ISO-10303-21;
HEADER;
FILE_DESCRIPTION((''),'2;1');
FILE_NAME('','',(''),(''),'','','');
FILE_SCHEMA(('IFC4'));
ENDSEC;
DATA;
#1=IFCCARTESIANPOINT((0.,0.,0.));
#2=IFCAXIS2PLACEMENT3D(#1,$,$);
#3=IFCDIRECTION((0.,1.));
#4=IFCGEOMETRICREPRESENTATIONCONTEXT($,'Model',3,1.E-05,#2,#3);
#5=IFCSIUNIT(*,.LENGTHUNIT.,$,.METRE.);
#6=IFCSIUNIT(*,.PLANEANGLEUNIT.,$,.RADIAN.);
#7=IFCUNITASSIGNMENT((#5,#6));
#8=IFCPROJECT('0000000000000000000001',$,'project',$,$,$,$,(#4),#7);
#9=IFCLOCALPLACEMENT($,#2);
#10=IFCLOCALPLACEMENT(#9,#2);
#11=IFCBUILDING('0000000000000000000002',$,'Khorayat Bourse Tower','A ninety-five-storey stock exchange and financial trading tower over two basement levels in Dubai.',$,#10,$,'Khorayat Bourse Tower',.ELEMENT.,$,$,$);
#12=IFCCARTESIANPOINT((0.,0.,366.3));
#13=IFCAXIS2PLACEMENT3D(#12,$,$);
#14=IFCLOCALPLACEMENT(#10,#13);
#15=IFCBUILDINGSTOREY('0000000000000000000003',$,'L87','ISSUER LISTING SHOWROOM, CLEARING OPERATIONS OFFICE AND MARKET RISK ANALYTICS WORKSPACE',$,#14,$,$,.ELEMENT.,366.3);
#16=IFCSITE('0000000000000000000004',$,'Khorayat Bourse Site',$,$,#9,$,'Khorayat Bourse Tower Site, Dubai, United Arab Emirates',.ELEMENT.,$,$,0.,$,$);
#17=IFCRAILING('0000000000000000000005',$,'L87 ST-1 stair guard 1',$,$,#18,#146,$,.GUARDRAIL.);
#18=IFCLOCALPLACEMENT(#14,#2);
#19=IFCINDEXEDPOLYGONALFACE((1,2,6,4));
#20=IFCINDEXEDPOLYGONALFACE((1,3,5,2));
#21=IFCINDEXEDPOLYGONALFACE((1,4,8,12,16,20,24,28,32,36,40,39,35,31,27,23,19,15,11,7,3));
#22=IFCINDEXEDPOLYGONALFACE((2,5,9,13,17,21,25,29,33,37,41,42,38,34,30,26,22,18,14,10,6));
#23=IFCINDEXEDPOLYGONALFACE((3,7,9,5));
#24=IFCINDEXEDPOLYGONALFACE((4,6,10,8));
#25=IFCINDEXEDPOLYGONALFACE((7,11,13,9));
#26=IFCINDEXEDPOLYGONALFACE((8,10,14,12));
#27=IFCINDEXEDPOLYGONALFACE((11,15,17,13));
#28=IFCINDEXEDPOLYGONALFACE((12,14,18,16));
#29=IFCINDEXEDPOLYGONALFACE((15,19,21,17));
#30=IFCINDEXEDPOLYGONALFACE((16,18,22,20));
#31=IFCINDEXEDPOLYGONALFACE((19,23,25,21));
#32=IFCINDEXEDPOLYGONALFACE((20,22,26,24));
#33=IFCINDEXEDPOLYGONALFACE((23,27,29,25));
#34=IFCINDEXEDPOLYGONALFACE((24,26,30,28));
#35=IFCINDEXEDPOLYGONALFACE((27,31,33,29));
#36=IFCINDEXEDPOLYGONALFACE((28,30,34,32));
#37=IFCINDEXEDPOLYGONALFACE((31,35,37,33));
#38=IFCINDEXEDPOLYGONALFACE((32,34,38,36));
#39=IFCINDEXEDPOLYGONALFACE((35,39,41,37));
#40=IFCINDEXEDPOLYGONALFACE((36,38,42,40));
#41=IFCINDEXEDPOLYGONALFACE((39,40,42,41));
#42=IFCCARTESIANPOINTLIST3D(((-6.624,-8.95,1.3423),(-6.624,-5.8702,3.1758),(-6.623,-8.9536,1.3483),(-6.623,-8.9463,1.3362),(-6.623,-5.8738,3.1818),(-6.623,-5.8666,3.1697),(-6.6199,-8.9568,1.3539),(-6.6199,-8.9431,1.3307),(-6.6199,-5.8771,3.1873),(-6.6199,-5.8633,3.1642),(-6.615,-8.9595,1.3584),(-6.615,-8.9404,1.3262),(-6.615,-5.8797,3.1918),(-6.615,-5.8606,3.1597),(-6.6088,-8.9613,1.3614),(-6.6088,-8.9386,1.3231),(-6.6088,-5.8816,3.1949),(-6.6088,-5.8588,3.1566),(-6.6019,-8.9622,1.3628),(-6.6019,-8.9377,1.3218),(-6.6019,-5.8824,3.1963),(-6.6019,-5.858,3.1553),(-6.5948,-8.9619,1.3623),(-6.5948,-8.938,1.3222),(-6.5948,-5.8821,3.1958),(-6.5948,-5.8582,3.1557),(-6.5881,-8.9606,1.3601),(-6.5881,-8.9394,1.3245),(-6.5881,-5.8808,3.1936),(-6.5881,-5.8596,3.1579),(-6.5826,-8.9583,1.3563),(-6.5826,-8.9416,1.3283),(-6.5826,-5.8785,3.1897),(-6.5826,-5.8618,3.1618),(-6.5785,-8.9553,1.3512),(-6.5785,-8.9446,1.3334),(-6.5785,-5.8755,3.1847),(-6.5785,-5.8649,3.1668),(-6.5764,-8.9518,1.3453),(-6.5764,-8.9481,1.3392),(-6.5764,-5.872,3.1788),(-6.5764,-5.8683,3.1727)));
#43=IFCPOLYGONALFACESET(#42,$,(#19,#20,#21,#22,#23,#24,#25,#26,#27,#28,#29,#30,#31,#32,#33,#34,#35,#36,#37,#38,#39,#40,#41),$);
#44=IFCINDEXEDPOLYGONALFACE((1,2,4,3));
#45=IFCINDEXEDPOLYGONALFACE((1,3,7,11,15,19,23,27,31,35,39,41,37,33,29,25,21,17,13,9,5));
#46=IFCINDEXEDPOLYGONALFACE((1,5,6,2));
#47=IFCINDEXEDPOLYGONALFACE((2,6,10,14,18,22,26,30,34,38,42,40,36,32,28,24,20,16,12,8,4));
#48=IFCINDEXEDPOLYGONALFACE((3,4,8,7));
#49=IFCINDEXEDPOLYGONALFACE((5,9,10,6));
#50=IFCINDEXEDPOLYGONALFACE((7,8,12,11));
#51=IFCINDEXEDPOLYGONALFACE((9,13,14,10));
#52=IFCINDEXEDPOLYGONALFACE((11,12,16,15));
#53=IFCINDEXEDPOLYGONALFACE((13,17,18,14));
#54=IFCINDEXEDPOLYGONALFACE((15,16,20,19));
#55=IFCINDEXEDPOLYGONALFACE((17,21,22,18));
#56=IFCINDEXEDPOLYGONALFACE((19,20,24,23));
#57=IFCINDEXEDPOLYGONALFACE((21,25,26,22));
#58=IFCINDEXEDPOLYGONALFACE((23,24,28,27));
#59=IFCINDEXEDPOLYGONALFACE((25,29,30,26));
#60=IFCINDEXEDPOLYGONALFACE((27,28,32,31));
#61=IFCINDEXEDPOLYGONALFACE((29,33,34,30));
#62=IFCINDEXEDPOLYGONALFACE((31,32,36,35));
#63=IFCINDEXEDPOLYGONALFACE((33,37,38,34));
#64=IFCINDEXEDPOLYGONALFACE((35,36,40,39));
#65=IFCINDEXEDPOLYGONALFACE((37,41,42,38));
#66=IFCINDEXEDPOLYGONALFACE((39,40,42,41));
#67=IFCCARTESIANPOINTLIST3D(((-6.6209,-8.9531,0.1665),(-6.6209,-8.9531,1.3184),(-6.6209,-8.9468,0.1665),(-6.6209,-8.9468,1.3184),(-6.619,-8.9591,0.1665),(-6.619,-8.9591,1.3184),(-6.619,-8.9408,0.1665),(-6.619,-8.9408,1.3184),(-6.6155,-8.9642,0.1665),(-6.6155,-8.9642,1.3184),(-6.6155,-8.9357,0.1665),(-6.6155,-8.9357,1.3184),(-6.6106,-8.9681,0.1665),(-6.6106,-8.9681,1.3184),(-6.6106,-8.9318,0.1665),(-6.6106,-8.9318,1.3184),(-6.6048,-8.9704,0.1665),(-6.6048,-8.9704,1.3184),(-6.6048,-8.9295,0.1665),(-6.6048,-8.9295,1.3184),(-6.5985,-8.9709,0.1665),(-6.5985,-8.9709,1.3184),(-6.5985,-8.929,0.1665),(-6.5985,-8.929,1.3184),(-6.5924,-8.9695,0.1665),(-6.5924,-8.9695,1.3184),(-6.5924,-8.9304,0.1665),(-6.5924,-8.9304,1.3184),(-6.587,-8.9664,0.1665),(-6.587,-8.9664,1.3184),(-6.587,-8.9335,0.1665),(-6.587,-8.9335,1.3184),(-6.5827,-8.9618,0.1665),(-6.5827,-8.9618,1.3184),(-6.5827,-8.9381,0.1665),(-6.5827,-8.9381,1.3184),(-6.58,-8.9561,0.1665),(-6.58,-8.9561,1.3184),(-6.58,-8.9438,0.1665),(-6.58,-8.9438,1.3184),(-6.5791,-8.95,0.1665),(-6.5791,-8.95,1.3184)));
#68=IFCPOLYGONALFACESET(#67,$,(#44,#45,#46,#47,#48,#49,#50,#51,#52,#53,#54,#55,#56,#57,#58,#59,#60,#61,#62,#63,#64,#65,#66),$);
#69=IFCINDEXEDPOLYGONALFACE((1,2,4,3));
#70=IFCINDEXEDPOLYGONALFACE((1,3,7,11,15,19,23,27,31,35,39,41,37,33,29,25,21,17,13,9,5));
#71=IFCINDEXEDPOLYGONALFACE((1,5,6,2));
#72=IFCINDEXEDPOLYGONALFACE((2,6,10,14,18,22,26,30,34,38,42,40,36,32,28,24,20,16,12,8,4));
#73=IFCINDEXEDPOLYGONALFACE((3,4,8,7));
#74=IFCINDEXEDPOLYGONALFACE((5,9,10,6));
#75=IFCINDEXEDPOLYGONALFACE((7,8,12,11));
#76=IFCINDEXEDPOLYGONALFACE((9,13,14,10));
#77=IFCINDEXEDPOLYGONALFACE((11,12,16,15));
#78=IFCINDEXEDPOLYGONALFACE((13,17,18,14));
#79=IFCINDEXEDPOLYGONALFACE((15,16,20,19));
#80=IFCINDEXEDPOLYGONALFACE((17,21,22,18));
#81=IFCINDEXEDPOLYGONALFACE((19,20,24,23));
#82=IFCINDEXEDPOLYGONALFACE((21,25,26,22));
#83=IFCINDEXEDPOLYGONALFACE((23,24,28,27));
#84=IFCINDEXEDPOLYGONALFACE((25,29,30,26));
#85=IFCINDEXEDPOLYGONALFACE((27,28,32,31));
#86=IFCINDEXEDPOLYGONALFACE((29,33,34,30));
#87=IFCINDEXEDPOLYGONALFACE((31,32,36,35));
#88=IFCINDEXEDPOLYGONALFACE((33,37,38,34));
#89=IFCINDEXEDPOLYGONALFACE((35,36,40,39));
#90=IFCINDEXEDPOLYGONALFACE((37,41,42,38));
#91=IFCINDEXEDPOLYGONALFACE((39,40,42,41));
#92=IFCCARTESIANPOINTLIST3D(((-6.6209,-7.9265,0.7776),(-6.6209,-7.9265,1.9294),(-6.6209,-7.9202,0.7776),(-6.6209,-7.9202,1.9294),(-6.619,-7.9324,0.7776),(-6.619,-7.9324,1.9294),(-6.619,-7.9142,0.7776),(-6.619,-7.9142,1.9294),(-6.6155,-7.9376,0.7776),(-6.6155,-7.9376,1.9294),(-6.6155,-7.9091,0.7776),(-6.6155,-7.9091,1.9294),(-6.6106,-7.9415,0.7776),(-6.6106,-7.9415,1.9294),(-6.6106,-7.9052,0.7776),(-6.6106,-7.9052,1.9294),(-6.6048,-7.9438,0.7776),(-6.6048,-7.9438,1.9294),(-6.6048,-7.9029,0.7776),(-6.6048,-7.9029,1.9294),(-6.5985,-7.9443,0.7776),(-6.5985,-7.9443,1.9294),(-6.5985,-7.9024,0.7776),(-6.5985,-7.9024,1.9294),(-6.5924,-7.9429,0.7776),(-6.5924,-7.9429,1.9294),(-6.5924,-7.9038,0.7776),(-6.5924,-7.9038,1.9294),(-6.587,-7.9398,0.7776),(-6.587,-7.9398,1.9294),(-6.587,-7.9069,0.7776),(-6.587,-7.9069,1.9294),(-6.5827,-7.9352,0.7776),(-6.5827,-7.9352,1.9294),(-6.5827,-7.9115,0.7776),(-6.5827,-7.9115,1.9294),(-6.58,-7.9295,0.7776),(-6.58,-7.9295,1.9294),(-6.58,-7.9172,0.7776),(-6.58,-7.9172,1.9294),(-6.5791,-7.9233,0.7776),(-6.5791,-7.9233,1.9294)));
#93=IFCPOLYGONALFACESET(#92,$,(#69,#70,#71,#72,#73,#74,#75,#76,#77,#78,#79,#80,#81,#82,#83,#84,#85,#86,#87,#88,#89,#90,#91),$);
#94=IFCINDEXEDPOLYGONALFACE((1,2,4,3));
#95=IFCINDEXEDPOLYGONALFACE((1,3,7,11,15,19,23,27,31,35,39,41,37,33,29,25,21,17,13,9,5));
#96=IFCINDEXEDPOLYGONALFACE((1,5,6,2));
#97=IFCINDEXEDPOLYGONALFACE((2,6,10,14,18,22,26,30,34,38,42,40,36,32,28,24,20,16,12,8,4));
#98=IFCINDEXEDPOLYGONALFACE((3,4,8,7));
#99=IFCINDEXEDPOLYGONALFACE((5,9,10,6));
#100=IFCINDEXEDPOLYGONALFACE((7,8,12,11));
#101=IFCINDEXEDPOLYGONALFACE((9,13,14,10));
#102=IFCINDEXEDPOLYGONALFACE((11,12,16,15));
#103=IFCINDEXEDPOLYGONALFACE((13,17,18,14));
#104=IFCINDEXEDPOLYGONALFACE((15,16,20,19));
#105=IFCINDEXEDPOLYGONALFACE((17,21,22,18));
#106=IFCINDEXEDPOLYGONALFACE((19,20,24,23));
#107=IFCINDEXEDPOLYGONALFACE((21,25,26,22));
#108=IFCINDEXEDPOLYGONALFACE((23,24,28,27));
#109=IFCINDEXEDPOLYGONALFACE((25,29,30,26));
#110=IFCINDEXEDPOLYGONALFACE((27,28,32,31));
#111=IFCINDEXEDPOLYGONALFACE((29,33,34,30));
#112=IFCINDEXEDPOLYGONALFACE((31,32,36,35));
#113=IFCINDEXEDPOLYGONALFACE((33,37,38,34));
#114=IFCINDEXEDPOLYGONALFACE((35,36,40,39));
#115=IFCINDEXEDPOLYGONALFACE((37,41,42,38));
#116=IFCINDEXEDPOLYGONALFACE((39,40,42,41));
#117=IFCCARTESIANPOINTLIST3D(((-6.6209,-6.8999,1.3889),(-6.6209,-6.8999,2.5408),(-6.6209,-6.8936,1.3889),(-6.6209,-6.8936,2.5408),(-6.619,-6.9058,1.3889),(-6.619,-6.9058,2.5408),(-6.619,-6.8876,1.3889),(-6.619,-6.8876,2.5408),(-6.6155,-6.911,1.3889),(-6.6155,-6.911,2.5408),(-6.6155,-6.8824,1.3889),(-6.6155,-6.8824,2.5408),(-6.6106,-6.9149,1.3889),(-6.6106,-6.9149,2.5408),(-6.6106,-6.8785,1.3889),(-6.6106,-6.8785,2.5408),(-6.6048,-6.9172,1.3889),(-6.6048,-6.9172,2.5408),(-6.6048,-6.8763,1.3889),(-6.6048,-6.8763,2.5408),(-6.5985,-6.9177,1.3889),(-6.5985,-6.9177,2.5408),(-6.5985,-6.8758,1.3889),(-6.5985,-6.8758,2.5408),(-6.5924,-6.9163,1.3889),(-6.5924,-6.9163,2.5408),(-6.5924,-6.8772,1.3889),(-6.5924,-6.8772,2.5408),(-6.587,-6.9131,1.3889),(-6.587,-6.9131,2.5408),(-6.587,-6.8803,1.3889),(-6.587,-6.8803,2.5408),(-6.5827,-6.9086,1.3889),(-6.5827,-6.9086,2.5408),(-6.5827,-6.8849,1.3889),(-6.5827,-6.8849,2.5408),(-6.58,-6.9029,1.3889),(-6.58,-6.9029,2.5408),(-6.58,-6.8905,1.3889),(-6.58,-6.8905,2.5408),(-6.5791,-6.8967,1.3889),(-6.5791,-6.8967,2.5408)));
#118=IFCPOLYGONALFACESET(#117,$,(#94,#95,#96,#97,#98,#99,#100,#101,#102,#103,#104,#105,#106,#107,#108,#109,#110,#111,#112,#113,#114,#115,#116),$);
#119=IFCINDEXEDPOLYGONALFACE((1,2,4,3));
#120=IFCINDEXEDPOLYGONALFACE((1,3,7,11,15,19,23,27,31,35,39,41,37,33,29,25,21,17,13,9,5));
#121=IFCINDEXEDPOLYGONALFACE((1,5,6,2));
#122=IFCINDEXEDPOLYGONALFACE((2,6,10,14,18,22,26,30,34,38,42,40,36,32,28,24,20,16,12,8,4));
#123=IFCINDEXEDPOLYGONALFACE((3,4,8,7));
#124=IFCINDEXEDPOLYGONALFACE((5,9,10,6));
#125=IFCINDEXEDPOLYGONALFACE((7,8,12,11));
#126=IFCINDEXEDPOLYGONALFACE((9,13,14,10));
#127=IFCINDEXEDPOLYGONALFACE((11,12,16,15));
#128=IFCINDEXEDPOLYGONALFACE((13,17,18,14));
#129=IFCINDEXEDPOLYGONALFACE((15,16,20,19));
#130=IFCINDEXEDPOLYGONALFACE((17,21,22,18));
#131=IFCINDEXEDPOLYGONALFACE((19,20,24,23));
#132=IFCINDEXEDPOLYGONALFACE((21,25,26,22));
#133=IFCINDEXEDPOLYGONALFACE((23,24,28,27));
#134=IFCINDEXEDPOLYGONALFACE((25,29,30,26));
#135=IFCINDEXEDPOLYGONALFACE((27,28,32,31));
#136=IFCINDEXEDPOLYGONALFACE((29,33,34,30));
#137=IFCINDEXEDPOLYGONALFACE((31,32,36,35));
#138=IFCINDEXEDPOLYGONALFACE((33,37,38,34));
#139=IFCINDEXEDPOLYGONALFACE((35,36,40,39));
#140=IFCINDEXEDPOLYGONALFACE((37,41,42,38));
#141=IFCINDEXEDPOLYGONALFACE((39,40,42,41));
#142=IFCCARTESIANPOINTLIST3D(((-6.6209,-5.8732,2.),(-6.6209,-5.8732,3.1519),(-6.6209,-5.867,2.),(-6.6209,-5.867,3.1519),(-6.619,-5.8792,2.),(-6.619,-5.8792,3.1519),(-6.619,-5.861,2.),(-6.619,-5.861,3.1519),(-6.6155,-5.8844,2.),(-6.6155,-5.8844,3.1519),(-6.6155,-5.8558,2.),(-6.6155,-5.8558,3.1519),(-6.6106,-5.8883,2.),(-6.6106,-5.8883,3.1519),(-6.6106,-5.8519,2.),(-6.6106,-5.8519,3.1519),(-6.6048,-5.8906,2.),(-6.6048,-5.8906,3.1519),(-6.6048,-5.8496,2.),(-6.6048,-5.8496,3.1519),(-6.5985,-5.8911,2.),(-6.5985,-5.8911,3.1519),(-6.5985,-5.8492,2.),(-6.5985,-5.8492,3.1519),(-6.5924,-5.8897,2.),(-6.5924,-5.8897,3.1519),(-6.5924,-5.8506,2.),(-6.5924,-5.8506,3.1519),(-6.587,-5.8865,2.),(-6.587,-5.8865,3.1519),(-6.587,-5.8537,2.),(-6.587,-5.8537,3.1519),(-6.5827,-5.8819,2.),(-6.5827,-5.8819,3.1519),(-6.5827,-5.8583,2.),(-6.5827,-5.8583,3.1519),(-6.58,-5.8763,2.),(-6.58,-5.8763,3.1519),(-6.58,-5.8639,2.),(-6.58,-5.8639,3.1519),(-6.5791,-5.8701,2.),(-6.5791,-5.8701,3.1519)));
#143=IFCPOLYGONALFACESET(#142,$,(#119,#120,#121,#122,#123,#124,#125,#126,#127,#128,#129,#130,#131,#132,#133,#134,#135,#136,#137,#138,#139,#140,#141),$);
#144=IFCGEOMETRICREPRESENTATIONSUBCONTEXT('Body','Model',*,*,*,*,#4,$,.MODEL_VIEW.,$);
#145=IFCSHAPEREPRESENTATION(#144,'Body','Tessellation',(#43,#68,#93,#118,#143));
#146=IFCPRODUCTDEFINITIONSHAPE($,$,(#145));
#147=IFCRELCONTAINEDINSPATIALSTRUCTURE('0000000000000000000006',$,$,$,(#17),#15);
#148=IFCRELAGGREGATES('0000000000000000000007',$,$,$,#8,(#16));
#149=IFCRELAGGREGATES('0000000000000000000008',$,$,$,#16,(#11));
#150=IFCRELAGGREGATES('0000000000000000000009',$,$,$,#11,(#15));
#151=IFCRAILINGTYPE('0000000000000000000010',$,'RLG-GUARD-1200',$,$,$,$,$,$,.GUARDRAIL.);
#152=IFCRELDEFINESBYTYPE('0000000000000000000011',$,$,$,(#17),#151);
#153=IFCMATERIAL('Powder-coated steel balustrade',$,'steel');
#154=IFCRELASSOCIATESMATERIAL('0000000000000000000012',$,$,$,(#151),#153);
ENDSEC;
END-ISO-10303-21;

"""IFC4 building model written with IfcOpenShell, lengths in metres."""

from ifc_helpers import new_model, si_unit, direction, frame, origin, origin_2d, place, context, subcontext, project, spatial, circle, extrude, source, transform, mapped, material, type_object, element, save


model = new_model("IFC4")

# Units and contexts
model_context = context("Model", 3, precision=1e-05, world=origin(), true_north=direction((0.0, 1.0)))
body_context = subcontext(model_context, "Body", "Model", "MODEL_VIEW")
ifc_project = project(units=[si_unit("LENGTHUNIT", "METRE"), si_unit("PLANEANGLEUNIT", "RADIAN")], contexts=[model_context])

# Site, building, storey
site_placement = place(None, origin())
site = spatial("IfcSite", under=ifc_project, at=site_placement, Name="Khorayat Bourse Site", LongName="Khorayat Bourse Tower Site, Dubai, United Arab Emirates", CompositionType="ELEMENT", RefElevation=0.0)
building_placement = place(site_placement, origin())
building = spatial("IfcBuilding", under=site, at=building_placement, Name="Khorayat Bourse Tower", Description="A ninety-five-storey stock exchange and financial trading tower over two basement levels in Dubai.", LongName="Khorayat Bourse Tower", CompositionType="ELEMENT")
storey_placement = place(building_placement, frame((0.0, 0.0, 366.3)))
storey = spatial("IfcBuildingStorey", under=building, at=storey_placement, Name="L87", Description="ISSUER LISTING SHOWROOM, CLEARING OPERATIONS OFFICE AND MARKET RISK ANALYTICS WORKSPACE", CompositionType="ELEMENT", Elevation=366.3)

# Railing
ifc_material_1 = material(Name="Powder-coated steel balustrade", Category="steel")
railing_type_1 = type_object("IfcRailingType", Name="RLG-GUARD-1200", PredefinedType="GUARDRAIL", material=ifc_material_1)
shared_shape_1 = source(origin(), body_context, "Body", "SweptSolid", [
    extrude(circle(Radius=0.0239, at=origin_2d()), frame((0.0, 0.0, 1.1758), z_axis=(0.0, 0.859261, 0.511538), x_axis=(-1.0, 0.0, 0.0)), (0.0, 0.0, 1.0), 3.5842),
    extrude(circle(Radius=0.021, at=origin_2d()), origin(), (0.0, 0.0, 1.0), 1.1519),
    extrude(circle(Radius=0.021, at=origin_2d()), frame((0.0, 1.0266, 0.6111)), (0.0, 0.0, 1.0), 1.1519),
    extrude(circle(Radius=0.021, at=origin_2d()), frame((0.0, 2.0532, 1.2224)), (0.0, 0.0, 1.0), 1.1519),
    extrude(circle(Radius=0.021, at=origin_2d()), frame((0.0, 3.0798, 1.8335)), (0.0, 0.0, 1.0), 1.1519),
])
railing_1_placement = place(storey_placement, frame((-6.6001, -8.95, 0.1665)))
element("IfcRailing", 1, at=railing_1_placement, inside=storey, type_object=railing_type_1, Name="L87 ST-1 stair guard 1", PredefinedType="GUARDRAIL", context=body_context, shape_type="MappedRepresentation", body=[
    mapped(shared_shape_1, transform((0.0, 0.0, 0.0), scale=1.0)),
])

save(model, "model.ifc")
